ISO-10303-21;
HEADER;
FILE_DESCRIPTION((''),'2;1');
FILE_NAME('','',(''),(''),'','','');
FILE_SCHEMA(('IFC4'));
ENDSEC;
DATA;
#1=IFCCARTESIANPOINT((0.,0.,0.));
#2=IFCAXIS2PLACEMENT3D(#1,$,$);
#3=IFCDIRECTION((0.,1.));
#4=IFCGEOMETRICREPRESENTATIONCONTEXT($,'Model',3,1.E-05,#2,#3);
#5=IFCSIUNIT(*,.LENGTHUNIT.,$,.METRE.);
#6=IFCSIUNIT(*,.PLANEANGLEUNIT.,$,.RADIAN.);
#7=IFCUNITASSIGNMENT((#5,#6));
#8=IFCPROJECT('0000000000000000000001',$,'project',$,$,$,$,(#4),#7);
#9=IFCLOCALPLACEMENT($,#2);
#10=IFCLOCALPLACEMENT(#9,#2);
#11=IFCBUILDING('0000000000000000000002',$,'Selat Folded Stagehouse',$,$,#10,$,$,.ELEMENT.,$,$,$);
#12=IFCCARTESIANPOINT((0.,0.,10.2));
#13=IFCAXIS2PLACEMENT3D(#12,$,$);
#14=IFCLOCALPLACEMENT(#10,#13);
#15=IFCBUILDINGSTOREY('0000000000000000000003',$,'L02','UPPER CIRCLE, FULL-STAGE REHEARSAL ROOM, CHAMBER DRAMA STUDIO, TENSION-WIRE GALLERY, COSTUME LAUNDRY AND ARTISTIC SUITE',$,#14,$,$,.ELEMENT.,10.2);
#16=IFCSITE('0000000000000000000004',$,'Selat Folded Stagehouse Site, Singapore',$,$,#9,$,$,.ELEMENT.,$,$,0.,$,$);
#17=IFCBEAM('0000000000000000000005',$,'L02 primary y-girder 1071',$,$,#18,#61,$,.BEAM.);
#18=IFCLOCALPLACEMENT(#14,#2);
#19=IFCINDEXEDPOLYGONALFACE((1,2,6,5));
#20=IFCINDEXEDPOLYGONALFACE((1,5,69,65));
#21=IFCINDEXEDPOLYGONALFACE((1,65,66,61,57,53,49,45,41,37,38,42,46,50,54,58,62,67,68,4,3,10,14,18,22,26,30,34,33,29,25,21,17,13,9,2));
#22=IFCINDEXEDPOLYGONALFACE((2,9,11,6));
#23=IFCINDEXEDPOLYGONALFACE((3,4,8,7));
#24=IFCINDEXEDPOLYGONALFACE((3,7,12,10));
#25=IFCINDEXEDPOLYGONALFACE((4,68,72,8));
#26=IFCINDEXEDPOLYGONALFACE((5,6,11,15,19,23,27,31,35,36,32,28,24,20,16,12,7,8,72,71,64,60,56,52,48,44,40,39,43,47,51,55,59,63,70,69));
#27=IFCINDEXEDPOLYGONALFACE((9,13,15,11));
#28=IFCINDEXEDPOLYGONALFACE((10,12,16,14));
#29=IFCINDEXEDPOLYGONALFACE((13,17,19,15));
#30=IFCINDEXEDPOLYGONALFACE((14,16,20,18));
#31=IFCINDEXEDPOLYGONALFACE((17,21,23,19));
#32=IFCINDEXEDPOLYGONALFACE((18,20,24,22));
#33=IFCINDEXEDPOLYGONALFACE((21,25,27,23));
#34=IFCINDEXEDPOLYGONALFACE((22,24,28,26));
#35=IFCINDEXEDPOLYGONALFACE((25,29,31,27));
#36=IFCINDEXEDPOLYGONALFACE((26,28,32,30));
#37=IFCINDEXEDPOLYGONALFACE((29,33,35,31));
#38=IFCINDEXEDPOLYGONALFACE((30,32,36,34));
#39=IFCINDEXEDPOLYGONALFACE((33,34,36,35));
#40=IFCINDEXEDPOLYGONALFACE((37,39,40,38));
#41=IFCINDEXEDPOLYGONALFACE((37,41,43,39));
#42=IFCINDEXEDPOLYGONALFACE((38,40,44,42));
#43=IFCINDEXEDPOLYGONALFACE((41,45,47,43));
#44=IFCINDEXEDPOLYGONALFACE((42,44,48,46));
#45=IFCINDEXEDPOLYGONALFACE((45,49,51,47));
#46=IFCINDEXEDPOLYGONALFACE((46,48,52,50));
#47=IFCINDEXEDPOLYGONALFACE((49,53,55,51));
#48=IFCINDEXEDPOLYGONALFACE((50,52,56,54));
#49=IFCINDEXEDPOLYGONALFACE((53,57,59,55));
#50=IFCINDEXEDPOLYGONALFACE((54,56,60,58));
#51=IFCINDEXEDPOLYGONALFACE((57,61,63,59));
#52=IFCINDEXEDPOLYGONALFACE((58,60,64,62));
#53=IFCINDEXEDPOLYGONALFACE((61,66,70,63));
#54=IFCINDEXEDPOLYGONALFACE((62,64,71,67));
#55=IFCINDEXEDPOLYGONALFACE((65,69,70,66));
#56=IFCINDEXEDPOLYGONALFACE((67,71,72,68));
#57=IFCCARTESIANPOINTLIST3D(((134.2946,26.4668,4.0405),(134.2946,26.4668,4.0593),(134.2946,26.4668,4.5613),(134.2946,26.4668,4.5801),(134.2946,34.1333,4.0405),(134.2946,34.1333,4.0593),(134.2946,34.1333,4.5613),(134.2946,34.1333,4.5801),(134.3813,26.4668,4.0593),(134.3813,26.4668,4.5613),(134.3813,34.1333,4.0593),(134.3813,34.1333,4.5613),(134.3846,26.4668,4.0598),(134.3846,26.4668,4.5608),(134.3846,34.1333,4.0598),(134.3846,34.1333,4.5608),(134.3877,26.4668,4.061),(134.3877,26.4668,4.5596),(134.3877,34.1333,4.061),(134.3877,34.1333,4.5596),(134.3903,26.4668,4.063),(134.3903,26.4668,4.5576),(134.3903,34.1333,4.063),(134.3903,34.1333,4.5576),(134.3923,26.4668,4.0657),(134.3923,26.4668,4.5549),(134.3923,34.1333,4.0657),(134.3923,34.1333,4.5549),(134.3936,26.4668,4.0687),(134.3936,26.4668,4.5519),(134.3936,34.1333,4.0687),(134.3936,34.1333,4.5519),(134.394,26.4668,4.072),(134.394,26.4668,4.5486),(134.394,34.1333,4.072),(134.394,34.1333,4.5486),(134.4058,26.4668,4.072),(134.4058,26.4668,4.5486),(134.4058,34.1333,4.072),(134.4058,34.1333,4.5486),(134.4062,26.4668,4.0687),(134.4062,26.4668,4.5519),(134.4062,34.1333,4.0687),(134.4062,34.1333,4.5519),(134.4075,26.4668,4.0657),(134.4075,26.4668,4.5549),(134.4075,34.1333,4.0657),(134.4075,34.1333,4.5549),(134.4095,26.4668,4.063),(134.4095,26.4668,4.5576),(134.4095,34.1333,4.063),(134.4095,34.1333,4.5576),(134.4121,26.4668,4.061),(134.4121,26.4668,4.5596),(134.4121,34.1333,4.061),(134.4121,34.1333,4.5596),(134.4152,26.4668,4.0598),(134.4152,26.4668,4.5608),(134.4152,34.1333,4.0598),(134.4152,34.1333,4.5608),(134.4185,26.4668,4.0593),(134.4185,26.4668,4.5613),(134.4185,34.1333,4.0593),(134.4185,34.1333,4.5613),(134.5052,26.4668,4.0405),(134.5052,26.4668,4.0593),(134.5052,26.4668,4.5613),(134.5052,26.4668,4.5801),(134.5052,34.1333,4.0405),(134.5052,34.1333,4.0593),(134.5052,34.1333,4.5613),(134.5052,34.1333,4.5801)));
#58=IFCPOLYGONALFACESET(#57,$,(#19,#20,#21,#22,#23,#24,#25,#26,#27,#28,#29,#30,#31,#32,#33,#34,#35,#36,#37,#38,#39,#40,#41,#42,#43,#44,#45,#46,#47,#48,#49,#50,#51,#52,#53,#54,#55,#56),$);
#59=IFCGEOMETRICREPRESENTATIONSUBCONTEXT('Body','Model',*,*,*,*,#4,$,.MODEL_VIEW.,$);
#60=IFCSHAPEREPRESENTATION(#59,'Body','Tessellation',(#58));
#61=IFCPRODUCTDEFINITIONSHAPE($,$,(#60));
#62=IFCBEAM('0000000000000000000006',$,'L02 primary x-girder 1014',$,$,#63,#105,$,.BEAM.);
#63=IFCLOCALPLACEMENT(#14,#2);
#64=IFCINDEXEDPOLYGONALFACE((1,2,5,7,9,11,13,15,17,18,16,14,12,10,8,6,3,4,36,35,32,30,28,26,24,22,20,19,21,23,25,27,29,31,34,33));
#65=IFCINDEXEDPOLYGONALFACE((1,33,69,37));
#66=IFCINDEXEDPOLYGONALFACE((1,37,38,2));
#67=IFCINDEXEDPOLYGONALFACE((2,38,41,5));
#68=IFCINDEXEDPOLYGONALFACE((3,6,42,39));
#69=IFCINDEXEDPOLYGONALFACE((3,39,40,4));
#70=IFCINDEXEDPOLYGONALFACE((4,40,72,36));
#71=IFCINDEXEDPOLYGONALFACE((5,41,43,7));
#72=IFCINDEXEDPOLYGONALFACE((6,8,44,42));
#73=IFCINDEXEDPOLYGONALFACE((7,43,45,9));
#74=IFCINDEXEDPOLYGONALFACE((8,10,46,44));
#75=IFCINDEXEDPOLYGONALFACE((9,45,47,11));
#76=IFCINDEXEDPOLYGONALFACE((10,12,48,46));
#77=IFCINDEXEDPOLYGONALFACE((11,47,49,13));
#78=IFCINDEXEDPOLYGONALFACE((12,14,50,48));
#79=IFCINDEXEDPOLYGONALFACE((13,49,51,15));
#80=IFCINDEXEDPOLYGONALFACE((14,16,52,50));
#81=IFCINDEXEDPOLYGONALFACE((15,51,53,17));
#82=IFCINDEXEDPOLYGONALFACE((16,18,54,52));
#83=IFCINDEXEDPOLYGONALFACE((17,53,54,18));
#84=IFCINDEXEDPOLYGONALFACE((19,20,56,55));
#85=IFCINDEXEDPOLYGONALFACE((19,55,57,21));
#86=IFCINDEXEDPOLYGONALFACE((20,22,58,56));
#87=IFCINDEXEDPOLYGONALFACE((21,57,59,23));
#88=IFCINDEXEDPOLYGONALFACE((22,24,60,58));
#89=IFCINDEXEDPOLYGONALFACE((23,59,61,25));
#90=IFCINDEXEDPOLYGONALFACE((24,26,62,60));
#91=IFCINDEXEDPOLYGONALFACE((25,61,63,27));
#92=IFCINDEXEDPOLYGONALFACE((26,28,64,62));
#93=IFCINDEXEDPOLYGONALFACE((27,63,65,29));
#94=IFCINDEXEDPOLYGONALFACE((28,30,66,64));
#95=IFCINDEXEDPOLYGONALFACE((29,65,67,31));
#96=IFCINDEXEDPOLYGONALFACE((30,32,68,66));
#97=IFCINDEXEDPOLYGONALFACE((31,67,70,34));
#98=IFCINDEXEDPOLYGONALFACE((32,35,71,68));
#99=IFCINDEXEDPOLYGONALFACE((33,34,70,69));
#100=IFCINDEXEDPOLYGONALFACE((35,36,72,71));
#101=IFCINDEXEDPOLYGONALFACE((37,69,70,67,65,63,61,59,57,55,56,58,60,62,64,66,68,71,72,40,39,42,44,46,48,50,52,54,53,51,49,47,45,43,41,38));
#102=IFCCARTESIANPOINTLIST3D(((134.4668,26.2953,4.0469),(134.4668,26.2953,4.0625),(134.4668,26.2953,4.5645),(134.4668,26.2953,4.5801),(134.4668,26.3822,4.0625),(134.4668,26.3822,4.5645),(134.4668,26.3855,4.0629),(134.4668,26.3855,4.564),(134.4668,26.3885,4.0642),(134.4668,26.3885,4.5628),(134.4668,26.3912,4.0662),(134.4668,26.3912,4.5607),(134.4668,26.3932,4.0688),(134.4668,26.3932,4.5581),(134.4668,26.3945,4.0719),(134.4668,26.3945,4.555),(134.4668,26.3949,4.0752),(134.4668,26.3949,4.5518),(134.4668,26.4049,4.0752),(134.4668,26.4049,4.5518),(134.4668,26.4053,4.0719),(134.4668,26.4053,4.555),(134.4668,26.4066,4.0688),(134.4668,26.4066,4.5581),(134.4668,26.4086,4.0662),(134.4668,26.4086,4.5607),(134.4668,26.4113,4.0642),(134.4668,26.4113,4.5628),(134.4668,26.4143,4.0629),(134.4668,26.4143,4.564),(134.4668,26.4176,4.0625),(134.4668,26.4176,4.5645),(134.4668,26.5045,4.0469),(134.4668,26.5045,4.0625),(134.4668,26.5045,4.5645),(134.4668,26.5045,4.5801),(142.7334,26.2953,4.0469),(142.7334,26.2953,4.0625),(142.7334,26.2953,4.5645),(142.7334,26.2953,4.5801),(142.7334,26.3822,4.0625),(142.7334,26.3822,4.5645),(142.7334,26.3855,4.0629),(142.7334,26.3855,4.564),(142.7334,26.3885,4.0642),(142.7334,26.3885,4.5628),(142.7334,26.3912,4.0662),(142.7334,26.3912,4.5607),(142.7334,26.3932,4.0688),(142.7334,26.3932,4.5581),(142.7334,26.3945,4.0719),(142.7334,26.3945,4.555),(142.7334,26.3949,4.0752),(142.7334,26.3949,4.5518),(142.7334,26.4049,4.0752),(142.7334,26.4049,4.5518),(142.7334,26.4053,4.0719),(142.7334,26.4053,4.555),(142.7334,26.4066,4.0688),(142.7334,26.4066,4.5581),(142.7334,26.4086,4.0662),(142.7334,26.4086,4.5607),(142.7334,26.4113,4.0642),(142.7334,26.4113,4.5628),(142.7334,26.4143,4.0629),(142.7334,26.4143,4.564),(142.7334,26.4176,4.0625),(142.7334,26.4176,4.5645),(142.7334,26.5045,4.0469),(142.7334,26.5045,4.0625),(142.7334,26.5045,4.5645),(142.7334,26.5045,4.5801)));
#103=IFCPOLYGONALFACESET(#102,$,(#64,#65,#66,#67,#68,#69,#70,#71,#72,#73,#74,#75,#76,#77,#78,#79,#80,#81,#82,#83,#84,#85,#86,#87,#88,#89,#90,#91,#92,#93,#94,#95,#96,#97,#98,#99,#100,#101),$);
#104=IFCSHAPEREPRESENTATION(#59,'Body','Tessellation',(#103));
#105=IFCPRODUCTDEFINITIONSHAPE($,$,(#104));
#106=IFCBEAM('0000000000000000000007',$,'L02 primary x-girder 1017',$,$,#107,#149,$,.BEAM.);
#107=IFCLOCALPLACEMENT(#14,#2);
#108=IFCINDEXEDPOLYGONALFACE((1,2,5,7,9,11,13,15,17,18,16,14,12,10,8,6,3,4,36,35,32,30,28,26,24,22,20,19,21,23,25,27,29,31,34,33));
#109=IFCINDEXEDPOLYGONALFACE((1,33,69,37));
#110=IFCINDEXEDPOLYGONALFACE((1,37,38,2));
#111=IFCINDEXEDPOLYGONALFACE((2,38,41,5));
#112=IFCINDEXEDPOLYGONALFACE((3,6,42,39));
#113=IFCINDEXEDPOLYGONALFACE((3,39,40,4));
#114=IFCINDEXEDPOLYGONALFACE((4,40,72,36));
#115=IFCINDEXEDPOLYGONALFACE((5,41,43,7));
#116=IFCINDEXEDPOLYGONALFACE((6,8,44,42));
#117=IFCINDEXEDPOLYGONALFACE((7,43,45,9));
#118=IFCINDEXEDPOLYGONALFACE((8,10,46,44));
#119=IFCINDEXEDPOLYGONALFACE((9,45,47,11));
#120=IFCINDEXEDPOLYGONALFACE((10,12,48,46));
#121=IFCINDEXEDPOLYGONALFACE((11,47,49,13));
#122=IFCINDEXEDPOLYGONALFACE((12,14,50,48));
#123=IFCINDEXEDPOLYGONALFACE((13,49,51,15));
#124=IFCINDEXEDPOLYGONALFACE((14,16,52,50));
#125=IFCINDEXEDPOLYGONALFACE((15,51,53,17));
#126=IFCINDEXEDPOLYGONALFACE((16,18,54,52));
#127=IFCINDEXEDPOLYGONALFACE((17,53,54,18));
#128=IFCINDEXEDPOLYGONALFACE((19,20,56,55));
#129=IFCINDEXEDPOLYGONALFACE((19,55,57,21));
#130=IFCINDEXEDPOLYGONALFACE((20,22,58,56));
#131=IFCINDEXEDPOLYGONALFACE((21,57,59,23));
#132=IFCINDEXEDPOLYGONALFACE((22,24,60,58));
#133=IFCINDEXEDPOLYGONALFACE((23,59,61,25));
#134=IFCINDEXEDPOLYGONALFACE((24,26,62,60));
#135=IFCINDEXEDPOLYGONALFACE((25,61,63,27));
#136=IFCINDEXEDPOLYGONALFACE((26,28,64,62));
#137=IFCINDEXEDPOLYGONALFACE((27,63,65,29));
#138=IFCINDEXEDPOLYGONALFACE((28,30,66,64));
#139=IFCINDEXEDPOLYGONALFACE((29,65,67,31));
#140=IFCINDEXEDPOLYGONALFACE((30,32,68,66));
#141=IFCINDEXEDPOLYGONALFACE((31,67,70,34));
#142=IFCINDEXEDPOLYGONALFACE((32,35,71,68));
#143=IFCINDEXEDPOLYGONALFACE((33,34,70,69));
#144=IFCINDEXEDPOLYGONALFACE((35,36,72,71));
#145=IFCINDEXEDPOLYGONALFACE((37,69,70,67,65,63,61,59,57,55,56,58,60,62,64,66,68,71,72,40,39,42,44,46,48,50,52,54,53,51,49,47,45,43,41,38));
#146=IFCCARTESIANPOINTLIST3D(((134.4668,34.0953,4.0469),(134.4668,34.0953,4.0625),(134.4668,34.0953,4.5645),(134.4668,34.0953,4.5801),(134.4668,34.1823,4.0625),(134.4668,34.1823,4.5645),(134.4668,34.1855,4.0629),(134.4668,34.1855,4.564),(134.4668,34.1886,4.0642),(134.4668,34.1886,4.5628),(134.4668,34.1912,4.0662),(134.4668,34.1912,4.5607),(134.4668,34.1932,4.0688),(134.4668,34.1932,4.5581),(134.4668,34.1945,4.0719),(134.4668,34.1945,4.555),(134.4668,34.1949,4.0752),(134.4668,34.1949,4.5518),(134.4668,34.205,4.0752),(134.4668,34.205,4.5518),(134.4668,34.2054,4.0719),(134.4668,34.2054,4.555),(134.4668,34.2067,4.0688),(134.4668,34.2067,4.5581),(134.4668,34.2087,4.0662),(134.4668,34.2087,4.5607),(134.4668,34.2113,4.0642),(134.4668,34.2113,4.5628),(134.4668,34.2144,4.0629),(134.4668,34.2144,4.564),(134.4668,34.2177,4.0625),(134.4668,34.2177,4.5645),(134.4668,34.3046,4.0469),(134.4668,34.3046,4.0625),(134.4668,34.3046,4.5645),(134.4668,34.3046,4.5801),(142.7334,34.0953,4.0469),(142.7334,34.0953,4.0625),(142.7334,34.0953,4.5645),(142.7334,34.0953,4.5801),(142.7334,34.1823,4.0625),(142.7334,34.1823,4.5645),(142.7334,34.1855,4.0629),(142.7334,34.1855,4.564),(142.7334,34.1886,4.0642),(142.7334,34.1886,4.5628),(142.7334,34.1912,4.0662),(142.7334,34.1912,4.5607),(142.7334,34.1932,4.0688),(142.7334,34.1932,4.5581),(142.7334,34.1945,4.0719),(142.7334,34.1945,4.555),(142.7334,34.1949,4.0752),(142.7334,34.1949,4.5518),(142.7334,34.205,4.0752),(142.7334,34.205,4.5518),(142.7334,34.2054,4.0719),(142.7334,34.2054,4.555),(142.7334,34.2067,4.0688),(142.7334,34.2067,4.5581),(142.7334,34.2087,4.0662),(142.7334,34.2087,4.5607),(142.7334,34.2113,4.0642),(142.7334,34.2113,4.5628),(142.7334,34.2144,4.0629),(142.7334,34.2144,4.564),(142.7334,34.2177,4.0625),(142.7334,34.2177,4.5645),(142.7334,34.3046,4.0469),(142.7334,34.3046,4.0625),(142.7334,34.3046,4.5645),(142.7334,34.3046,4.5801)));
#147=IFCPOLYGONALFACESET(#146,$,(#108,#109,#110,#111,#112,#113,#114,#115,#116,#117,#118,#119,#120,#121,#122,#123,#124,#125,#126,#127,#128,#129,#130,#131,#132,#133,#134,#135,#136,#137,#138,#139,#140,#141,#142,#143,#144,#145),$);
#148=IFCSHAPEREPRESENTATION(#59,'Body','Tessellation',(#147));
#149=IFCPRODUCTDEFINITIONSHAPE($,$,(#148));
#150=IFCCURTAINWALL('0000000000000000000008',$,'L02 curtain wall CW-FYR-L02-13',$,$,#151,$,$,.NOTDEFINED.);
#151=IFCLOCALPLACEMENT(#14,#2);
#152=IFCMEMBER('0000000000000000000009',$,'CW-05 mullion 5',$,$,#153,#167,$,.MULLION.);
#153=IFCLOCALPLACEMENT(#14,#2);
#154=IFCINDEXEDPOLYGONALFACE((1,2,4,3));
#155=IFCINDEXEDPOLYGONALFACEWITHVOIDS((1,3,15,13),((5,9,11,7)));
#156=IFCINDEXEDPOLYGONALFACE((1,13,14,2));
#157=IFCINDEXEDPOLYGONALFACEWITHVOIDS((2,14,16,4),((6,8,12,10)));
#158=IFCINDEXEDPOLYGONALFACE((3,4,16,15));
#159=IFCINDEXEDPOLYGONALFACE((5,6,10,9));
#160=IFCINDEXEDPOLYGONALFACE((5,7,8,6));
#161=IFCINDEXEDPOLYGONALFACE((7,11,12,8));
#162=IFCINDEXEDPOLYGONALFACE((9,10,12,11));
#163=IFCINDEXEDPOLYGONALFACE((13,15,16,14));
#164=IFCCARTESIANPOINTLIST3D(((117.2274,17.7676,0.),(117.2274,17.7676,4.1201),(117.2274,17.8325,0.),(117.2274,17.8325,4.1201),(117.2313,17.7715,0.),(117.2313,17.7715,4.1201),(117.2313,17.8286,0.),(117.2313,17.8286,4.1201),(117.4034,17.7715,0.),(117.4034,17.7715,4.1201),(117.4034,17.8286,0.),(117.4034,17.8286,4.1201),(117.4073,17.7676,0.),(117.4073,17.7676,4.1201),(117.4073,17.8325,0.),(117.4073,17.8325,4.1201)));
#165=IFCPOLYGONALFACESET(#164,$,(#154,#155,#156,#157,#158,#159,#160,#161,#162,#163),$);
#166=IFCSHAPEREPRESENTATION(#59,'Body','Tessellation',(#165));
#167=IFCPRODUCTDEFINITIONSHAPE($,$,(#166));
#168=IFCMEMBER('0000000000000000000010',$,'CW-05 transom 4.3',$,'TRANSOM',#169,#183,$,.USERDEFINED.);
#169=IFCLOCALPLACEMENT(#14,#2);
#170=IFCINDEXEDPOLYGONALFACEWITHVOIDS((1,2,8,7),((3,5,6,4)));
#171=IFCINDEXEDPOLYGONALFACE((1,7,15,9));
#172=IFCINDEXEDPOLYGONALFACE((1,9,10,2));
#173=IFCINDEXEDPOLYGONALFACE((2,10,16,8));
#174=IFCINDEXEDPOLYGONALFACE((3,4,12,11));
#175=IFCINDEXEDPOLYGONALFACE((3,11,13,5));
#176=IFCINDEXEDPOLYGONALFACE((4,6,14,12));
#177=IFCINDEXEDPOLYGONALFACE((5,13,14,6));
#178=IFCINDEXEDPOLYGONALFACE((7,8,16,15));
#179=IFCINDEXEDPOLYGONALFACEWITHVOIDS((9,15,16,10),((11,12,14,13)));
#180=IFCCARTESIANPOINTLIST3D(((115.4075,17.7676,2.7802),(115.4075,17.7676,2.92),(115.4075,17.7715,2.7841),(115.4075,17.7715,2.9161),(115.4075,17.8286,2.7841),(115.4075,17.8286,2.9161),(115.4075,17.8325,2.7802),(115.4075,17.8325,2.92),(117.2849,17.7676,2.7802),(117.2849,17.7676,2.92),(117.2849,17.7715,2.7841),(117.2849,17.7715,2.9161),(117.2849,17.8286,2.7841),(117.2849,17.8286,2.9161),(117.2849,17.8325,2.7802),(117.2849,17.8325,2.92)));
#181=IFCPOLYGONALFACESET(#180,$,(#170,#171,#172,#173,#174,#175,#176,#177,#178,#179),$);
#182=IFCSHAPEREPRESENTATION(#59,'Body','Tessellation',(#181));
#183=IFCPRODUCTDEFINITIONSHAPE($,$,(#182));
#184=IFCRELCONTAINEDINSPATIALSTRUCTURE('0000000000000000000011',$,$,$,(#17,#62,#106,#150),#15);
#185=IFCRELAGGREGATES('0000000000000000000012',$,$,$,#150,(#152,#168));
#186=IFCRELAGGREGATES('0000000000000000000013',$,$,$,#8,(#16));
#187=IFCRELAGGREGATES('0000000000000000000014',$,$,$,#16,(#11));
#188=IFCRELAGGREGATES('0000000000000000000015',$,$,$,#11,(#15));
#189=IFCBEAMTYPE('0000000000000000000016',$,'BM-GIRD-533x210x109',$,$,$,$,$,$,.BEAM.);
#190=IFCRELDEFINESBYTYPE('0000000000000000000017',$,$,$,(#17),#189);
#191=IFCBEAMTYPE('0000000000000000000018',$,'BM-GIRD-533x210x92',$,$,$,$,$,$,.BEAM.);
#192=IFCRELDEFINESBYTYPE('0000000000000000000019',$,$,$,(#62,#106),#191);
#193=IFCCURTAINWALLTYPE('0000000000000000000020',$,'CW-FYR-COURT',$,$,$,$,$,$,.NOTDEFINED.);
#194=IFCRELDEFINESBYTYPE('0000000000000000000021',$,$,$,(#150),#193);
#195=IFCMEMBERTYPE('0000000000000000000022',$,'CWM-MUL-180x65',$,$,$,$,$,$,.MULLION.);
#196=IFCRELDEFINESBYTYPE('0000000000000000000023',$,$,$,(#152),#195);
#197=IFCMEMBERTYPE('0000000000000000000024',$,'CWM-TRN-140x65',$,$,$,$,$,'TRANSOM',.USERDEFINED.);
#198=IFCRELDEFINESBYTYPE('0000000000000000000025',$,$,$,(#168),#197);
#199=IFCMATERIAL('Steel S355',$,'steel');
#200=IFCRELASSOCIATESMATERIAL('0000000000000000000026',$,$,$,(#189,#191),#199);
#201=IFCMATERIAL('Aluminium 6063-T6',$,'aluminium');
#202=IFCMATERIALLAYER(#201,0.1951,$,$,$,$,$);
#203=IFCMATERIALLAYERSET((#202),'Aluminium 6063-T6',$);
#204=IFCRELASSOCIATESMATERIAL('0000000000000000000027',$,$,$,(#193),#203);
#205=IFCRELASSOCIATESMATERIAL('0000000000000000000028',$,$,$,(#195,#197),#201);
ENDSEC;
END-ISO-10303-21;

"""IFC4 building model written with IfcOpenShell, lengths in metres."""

from ifc_helpers import new_model, si_unit, direction, frame, origin, origin_2d, place, context, subcontext, project, spatial, hollow_rectangle, i_section, extrude, material, layer, layer_set, material_profile, profile_set, type_object, element, aggregate, save


model = new_model("IFC4")

# Units and contexts
model_context = context("Model", 3, precision=1e-05, world=origin(), true_north=direction((0.0, 1.0)))
body_context = subcontext(model_context, "Body", "Model", "MODEL_VIEW")
ifc_project = project(units=[si_unit("LENGTHUNIT", "METRE"), si_unit("PLANEANGLEUNIT", "RADIAN")], contexts=[model_context])

# Site, building, storey
site_placement = place(None, origin())
site = spatial("IfcSite", under=ifc_project, at=site_placement, Name="Selat Folded Stagehouse Site, Singapore", CompositionType="ELEMENT", RefElevation=0.0)
building_placement = place(site_placement, origin())
building = spatial("IfcBuilding", under=site, at=building_placement, Name="Selat Folded Stagehouse", CompositionType="ELEMENT")
storey_placement = place(building_placement, frame((0.0, 0.0, 10.2)))
storey = spatial("IfcBuildingStorey", under=building, at=storey_placement, Name="L02", Description="UPPER CIRCLE, FULL-STAGE REHEARSAL ROOM, CHAMBER DRAMA STUDIO, TENSION-WIRE GALLERY, COSTUME LAUNDRY AND ARTISTIC SUITE", CompositionType="ELEMENT", Elevation=10.2)

# Shared definitions
ifc_material_1 = material(Name="Steel S355", Category="steel")

# Beams
ifc_material_profile_1 = material_profile(ifc_material_1, i_section(OverallWidth=0.2107, OverallDepth=0.5396, WebThickness=0.0117, FlangeThickness=0.0188, FilletRadius=0.0127, at=origin_2d()), Name="UKB 533x210x109")
ifc_profile_set_1 = profile_set([ifc_material_profile_1], Name="Steel S355")
beam_type_1 = type_object("IfcBeamType", Name="BM-GIRD-533x210x109", PredefinedType="BEAM", material=ifc_profile_set_1)
beam_placement = place(storey_placement, frame((134.3999, 26.4668, 4.3103), z_axis=(0.0, 1.0, 0.0), x_axis=(-1.0, 0.0, 0.0)))
element("IfcBeam", 1, at=beam_placement, inside=storey, type_object=beam_type_1, Name="L02 primary y-girder 1071", PredefinedType="BEAM", context=body_context, shape_type="SweptSolid", body=[
    extrude(i_section(OverallWidth=0.2107, OverallDepth=0.5396, WebThickness=0.0117, FlangeThickness=0.0188, FilletRadius=0.0127, at=origin_2d()), origin(), (0.0, 0.0, 1.0), 7.6665),
])
ifc_material_profile_2 = material_profile(ifc_material_1, i_section(OverallWidth=0.2092, OverallDepth=0.5332, WebThickness=0.01, FlangeThickness=0.0156, FilletRadius=0.0127, at=origin_2d()), Name="UKB 533x210x92")
ifc_profile_set_2 = profile_set([ifc_material_profile_2], Name="Steel S355")
beam_type_2 = type_object("IfcBeamType", Name="BM-GIRD-533x210x92", PredefinedType="BEAM", material=ifc_profile_set_2)
for number, where, z_axis, x_axis, name in (
    (2, (134.4668, 26.3999, 4.3135), (1.0, 0.0, 0.0), (0.0, 1.0, 0.0), "L02 primary x-girder 1014"),
    (3, (134.4668, 34.2, 4.3135), (1.0, 0.0, 0.0), (0.0, 1.0, 0.0), "L02 primary x-girder 1017"),
):
    element("IfcBeam", number, at=place(storey_placement, frame(where, z_axis=z_axis, x_axis=x_axis)), inside=storey, type_object=beam_type_2, Name=name, PredefinedType="BEAM", context=body_context, shape_type="SweptSolid", body=[
        extrude(i_section(OverallWidth=0.2092, OverallDepth=0.5332, WebThickness=0.01, FlangeThickness=0.0156, FilletRadius=0.0127, at=origin_2d()), origin(), (0.0, 0.0, 1.0), 8.2666),
    ])

# Curtain wall, members
ifc_material_2 = material(Name="Aluminium 6063-T6", Category="aluminium")
ifc_layer_1 = layer(ifc_material_2, 0.1951)
ifc_layer_set_1 = layer_set([ifc_layer_1], Name="Aluminium 6063-T6")
curtain_wall_type = type_object("IfcCurtainWallType", Name="CW-FYR-COURT", PredefinedType="NOTDEFINED", material=ifc_layer_set_1)
curtain_wall_placement = place(storey_placement, origin())
curtain_wall = element("IfcCurtainWall", 4, at=curtain_wall_placement, inside=storey, type_object=curtain_wall_type, Name="L02 curtain wall CW-FYR-L02-13", PredefinedType="NOTDEFINED")
ifc_material_profile_3 = material_profile(ifc_material_2, hollow_rectangle(XDim=0.0649, YDim=0.1799, WallThickness=0.0039, at=origin_2d()), Name="ALU 180x65x4.0")
ifc_profile_set_3 = profile_set([ifc_material_profile_3], Name="Aluminium 6063-T6")
member_type_1 = type_object("IfcMemberType", Name="CWM-MUL-180x65", PredefinedType="MULLION", material=ifc_profile_set_3)
member_1_placement = place(storey_placement, frame((117.3174, 17.8, 0.0), z_axis=(0.0, 0.0, 1.0), x_axis=(0.0, 1.0, 0.0)))
member_1 = element("IfcMember", 5, at=member_1_placement, type_object=member_type_1, Name="CW-05 mullion 5", PredefinedType="MULLION", context=body_context, shape_type="SweptSolid", body=[
    extrude(hollow_rectangle(XDim=0.0649, YDim=0.1799, WallThickness=0.0039, at=origin_2d()), origin(), (0.0, 0.0, 1.0), 4.1201),
])
ifc_material_profile_4 = material_profile(ifc_material_2, hollow_rectangle(XDim=0.0649, YDim=0.1399, WallThickness=0.0039, at=origin_2d()), Name="ALU 140x65x4.0")
ifc_profile_set_4 = profile_set([ifc_material_profile_4], Name="Aluminium 6063-T6")
member_type_2 = type_object("IfcMemberType", Name="CWM-TRN-140x65", ElementType="TRANSOM", PredefinedType="USERDEFINED", material=ifc_profile_set_4)
member_2_placement = place(storey_placement, frame((115.4075, 17.8, 2.8501), z_axis=(1.0, 0.0, 0.0), x_axis=(0.0, 1.0, 0.0)))
member_2 = element("IfcMember", 6, at=member_2_placement, type_object=member_type_2, Name="CW-05 transom 4.3", ObjectType="TRANSOM", PredefinedType="USERDEFINED", context=body_context, shape_type="SweptSolid", body=[
    extrude(hollow_rectangle(XDim=0.0649, YDim=0.1399, WallThickness=0.0039, at=origin_2d()), origin(), (0.0, 0.0, 1.0), 1.8774),
])

aggregate(curtain_wall, [member_1, member_2])

save(model, "model.ifc")
